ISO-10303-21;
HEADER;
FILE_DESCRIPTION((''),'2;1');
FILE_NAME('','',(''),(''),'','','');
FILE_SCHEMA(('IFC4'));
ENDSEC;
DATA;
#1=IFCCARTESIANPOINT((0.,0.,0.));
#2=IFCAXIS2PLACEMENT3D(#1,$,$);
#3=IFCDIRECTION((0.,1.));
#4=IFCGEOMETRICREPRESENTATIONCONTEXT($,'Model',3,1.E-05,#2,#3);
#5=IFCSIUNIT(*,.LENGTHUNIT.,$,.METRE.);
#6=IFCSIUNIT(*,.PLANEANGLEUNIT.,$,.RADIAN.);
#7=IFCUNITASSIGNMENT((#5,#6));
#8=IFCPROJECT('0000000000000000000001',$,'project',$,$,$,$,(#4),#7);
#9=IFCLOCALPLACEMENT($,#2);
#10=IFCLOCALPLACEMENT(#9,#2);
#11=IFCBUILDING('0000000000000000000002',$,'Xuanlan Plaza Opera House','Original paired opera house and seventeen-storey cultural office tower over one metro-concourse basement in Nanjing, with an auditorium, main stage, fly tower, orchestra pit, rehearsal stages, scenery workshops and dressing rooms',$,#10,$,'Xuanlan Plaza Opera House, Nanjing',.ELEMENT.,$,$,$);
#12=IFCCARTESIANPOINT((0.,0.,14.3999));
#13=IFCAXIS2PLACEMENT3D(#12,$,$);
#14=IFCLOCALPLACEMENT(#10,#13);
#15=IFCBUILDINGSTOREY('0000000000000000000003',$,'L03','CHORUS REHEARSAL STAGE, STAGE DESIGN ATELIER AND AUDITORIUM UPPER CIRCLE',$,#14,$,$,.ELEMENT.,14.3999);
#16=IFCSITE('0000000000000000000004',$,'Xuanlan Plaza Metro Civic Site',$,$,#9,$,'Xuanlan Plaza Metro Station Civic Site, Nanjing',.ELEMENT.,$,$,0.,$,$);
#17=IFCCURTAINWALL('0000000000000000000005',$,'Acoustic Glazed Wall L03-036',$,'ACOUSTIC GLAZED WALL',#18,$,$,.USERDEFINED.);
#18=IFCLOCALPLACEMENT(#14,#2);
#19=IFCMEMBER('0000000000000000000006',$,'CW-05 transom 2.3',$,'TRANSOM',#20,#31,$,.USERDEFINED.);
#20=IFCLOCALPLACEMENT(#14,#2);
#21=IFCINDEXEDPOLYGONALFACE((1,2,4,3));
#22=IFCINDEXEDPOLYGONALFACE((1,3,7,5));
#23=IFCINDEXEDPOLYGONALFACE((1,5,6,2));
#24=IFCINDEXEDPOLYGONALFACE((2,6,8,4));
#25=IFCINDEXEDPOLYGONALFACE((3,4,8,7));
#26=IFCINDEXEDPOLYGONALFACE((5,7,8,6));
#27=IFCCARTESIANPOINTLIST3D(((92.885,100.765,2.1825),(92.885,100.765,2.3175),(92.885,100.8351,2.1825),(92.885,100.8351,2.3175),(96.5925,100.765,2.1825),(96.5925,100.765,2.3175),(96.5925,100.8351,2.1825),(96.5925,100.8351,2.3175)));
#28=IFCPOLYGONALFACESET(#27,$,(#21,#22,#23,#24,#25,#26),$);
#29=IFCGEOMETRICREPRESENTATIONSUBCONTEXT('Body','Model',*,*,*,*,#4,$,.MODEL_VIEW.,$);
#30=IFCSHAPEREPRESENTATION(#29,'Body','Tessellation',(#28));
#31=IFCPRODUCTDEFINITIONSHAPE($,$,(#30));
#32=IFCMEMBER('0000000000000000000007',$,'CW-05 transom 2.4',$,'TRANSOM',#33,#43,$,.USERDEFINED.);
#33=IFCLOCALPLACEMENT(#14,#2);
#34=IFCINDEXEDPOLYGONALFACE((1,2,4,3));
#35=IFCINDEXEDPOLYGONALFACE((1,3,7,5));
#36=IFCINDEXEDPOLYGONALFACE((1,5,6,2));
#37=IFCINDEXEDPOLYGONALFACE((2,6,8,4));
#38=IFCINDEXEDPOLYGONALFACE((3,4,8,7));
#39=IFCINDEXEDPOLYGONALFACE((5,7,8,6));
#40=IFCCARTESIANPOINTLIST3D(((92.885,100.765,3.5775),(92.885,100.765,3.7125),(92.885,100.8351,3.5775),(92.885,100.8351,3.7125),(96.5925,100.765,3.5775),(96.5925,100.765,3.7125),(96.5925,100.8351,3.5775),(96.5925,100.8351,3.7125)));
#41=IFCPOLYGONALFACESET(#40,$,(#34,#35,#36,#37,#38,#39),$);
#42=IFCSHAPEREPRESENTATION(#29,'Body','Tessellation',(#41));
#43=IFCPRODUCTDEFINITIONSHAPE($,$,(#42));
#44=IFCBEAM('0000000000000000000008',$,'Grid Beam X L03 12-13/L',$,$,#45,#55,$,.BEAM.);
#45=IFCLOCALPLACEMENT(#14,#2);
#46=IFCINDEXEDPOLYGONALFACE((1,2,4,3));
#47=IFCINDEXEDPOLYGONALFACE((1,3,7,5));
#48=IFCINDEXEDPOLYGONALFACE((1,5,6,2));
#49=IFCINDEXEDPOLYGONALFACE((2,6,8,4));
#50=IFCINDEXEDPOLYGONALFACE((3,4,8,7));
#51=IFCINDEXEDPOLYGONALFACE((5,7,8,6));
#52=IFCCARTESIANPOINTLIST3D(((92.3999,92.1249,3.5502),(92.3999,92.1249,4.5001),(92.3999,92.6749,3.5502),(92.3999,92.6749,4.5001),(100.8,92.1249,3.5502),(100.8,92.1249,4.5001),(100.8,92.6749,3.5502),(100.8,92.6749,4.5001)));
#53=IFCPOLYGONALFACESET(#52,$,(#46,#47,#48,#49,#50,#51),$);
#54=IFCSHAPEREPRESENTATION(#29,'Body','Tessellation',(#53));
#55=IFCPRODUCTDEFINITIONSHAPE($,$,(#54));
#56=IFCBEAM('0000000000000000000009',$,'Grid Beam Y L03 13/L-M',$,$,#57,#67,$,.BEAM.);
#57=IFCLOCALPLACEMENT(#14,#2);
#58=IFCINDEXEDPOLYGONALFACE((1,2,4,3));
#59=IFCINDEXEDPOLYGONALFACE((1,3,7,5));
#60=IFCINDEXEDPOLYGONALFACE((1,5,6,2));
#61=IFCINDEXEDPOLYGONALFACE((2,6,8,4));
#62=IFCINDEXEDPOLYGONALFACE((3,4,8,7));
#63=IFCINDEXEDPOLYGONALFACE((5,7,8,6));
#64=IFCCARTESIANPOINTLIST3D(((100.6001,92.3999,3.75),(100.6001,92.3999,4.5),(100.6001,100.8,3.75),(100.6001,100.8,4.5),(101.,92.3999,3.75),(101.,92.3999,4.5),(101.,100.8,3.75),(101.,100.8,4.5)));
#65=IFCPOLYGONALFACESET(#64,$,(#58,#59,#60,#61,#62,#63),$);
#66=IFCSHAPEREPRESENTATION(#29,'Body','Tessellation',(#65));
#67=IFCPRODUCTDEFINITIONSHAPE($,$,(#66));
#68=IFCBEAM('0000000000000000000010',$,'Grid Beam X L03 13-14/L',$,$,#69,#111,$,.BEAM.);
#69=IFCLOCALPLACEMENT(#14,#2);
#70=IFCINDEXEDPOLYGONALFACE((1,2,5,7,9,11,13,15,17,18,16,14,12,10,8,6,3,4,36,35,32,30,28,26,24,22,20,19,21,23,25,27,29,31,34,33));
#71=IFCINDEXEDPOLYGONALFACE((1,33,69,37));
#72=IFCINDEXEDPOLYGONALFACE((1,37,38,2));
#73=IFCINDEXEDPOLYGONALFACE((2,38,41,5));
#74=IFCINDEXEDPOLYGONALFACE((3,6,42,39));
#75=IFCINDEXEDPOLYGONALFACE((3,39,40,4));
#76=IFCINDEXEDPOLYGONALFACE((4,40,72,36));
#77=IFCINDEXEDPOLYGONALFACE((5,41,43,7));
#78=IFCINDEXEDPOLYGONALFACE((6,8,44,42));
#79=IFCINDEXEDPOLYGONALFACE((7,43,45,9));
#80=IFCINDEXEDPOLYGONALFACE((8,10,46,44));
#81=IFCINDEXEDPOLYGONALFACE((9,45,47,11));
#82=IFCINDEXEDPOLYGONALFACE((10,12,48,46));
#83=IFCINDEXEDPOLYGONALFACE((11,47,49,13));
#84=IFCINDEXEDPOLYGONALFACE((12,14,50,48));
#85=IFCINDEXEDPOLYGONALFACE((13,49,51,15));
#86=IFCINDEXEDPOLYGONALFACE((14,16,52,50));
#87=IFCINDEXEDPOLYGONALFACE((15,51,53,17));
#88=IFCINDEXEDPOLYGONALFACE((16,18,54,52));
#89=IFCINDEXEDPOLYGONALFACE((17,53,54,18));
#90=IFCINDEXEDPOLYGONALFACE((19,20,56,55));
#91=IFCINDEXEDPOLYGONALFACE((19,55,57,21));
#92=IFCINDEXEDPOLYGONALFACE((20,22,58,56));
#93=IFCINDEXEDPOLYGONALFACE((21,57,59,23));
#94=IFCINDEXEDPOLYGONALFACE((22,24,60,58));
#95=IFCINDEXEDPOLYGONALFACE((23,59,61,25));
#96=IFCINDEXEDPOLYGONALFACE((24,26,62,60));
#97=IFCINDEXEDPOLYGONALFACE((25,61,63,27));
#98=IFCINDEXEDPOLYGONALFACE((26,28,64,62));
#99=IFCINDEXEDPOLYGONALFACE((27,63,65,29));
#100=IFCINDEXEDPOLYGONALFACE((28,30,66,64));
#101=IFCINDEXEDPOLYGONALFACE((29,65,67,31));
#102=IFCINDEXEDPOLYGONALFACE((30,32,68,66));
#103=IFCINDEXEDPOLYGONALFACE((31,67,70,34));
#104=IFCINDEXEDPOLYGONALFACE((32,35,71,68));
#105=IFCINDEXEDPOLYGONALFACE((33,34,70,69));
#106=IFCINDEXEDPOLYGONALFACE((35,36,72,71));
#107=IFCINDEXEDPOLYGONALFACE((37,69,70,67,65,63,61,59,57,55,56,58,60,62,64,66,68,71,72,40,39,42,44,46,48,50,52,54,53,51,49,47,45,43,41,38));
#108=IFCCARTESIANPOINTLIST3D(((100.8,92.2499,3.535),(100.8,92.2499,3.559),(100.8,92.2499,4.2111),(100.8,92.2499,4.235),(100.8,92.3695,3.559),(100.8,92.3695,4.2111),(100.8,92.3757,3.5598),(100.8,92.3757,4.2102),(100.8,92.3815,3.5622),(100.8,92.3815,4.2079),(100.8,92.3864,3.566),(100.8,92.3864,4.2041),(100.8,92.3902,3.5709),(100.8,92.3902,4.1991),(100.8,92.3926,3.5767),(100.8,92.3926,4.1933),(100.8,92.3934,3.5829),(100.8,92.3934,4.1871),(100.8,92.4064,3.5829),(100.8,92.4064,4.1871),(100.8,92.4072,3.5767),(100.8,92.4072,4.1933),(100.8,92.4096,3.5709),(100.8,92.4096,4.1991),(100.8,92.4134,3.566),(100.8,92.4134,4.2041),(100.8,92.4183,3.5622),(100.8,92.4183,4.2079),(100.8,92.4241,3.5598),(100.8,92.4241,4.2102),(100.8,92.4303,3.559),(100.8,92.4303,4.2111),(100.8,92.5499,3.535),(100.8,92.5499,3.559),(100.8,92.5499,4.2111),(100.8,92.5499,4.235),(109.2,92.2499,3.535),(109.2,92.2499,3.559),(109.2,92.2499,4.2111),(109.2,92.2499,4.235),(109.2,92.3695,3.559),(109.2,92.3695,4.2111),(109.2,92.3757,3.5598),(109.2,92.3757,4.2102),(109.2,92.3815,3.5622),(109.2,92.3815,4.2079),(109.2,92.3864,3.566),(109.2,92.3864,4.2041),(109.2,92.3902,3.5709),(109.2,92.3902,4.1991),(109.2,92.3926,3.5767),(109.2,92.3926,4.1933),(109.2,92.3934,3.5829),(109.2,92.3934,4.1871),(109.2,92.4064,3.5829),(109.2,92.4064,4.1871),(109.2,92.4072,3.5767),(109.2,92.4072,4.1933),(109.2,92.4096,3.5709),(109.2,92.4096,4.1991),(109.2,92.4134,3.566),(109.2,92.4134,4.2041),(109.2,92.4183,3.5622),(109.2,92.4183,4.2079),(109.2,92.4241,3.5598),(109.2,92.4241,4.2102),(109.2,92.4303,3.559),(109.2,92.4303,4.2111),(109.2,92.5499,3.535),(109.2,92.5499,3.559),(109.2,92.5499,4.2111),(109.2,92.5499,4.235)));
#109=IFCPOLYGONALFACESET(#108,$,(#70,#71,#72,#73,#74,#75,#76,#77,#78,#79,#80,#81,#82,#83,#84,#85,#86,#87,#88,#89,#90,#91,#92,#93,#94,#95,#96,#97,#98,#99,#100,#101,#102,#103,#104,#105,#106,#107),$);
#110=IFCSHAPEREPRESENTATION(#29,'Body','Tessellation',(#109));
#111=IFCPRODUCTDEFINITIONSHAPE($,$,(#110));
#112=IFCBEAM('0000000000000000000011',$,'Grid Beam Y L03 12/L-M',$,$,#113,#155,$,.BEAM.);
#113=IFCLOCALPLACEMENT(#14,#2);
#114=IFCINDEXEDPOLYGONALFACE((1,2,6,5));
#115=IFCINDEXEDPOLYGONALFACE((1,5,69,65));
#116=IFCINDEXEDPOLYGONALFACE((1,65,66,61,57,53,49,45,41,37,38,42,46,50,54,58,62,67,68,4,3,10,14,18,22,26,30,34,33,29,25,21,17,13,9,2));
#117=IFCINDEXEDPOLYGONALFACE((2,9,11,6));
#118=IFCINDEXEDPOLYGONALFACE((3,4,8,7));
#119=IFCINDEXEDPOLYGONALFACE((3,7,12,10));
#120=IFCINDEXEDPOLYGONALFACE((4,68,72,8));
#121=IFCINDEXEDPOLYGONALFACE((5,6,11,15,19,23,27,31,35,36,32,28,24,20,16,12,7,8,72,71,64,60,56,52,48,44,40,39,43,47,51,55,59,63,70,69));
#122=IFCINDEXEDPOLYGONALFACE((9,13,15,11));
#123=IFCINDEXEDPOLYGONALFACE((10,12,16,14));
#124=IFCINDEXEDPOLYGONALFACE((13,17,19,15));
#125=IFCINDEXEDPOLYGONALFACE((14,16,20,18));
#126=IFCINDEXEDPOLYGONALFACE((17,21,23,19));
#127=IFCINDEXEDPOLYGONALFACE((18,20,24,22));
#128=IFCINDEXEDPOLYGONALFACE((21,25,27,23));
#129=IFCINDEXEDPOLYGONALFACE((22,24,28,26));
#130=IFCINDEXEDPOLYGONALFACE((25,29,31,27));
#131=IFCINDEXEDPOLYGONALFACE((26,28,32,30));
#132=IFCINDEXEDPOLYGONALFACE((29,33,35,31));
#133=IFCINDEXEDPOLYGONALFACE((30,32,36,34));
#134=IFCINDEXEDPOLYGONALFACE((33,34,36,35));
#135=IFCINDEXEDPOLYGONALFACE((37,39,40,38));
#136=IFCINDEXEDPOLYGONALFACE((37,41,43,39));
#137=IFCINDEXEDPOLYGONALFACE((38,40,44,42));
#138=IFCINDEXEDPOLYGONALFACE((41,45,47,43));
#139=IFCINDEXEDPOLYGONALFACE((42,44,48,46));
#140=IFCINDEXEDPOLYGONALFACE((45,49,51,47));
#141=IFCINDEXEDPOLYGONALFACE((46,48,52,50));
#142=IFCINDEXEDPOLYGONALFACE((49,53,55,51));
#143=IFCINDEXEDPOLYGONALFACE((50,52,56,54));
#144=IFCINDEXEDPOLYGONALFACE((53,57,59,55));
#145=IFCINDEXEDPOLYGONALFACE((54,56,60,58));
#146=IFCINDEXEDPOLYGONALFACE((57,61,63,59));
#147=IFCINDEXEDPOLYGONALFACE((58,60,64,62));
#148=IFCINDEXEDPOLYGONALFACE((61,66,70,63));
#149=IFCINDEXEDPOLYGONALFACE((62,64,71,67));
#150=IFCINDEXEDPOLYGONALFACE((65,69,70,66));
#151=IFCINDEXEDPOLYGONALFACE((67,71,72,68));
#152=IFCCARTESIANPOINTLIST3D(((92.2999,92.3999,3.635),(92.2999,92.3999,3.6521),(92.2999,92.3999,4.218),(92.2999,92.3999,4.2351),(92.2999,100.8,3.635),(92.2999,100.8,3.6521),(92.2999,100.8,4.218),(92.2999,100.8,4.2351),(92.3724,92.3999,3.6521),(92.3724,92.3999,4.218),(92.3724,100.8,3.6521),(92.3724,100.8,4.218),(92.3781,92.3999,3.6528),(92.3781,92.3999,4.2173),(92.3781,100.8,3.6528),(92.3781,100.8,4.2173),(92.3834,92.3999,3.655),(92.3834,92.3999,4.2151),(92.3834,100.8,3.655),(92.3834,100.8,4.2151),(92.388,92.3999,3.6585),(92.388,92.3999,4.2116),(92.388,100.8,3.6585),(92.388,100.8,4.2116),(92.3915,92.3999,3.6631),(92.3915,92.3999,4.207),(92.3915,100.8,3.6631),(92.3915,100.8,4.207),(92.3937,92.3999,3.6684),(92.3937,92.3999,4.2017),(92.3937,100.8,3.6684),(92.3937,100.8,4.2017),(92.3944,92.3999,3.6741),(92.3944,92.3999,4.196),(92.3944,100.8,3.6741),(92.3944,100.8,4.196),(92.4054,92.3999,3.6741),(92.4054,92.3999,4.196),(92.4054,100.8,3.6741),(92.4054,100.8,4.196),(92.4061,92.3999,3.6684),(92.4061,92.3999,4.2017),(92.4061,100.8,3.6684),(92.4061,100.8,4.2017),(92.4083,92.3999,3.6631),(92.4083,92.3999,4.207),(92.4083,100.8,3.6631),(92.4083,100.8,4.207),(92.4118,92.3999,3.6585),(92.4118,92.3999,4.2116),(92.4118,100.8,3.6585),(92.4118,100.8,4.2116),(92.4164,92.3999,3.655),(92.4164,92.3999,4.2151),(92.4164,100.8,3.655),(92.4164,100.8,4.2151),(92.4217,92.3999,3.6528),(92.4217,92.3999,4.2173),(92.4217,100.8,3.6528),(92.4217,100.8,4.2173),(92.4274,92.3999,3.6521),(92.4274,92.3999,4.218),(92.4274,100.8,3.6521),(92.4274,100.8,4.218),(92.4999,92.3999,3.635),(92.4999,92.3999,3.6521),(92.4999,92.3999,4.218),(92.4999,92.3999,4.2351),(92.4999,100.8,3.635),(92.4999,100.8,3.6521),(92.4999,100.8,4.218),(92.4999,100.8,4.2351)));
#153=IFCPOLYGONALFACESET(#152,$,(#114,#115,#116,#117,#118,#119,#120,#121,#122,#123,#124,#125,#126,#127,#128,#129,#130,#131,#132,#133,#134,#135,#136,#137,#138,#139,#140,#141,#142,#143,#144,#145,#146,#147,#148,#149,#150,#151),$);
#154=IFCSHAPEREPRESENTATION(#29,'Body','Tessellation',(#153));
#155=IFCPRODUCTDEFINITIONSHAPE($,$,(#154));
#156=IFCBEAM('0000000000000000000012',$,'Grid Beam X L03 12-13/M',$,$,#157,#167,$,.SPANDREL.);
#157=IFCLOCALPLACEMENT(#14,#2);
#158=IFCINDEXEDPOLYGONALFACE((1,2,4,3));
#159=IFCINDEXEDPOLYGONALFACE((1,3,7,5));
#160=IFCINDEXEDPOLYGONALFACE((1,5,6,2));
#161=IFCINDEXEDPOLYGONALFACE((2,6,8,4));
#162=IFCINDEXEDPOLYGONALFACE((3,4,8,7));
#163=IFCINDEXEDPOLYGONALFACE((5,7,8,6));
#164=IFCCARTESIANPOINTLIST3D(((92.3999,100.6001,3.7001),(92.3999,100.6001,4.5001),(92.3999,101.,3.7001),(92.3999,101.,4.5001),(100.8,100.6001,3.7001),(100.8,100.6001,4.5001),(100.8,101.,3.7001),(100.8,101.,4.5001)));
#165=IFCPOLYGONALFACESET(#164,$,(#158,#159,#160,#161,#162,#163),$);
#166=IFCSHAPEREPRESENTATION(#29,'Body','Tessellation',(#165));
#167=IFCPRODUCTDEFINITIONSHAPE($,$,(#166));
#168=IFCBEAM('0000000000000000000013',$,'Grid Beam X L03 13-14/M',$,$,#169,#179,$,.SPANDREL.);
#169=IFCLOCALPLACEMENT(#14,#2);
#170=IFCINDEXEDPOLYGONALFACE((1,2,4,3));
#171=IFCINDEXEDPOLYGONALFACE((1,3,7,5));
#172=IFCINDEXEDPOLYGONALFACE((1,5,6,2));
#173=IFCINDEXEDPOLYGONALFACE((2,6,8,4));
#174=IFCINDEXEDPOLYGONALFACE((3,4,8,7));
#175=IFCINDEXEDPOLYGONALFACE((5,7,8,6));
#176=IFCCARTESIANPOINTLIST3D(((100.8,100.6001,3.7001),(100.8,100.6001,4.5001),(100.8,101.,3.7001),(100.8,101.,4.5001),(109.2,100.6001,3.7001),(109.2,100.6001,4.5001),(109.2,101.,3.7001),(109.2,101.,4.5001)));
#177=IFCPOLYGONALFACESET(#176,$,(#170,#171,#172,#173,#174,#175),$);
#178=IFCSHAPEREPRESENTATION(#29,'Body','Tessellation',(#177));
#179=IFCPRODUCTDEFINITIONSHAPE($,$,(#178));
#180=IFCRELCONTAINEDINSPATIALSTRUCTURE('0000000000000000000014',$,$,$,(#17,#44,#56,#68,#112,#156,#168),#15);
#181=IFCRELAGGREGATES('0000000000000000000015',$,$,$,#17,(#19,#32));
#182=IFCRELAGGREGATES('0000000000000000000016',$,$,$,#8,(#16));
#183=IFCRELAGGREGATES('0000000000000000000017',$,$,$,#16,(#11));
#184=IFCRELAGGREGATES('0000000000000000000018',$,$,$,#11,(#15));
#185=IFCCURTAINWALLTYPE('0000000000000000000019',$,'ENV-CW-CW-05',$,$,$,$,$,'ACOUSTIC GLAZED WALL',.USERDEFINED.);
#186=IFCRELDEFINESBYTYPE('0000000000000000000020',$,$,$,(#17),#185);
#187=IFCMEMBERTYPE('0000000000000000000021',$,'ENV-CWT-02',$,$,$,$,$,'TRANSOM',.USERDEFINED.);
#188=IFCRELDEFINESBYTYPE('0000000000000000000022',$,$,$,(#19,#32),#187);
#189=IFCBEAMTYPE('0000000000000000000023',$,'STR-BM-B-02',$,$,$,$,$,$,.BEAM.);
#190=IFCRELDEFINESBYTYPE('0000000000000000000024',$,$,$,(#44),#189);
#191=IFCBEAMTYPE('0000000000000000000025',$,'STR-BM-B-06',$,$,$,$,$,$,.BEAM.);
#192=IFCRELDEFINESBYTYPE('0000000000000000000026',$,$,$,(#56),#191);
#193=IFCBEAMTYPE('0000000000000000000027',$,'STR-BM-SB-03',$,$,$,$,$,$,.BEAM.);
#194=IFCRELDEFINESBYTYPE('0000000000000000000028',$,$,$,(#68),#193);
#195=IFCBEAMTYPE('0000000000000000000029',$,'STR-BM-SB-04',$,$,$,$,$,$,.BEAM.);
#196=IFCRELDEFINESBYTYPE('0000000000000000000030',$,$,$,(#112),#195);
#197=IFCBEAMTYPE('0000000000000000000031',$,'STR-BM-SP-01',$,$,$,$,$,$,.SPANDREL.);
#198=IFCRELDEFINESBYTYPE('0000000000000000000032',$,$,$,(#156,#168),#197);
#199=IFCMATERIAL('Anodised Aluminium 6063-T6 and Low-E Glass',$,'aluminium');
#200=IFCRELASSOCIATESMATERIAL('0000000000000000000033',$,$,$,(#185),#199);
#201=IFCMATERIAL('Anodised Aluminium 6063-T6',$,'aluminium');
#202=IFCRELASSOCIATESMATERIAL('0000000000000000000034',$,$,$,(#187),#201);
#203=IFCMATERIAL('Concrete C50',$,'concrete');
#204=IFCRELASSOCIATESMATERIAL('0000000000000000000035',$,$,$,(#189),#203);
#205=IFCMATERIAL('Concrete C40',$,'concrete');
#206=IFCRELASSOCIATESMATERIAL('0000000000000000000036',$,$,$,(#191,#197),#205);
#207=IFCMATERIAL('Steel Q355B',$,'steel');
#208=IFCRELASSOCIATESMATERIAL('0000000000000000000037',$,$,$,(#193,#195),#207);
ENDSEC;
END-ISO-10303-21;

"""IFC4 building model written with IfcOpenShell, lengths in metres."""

from ifc_helpers import new_model, si_unit, direction, frame, origin, origin_2d, place, context, subcontext, project, spatial, rectangle, i_section, extrude, material, material_profile, profile_set, type_object, element, aggregate, save


model = new_model("IFC4")

# Units and contexts
model_context = context("Model", 3, precision=1e-05, world=origin(), true_north=direction((0.0, 1.0)))
body_context = subcontext(model_context, "Body", "Model", "MODEL_VIEW")
ifc_project = project(units=[si_unit("LENGTHUNIT", "METRE"), si_unit("PLANEANGLEUNIT", "RADIAN")], contexts=[model_context])

# Site, building, storey
site_placement = place(None, origin())
site = spatial("IfcSite", under=ifc_project, at=site_placement, Name="Xuanlan Plaza Metro Civic Site", LongName="Xuanlan Plaza Metro Station Civic Site, Nanjing", CompositionType="ELEMENT", RefElevation=0.0)
building_placement = place(site_placement, origin())
building = spatial("IfcBuilding", under=site, at=building_placement, Name="Xuanlan Plaza Opera House", Description="Original paired opera house and seventeen-storey cultural office tower over one metro-concourse basement in Nanjing, with an auditorium, main stage, fly tower, orchestra pit, rehearsal stages, scenery workshops and dressing rooms", LongName="Xuanlan Plaza Opera House, Nanjing", CompositionType="ELEMENT")
storey_placement = place(building_placement, frame((0.0, 0.0, 14.3999)))
storey = spatial("IfcBuildingStorey", under=building, at=storey_placement, Name="L03", Description="CHORUS REHEARSAL STAGE, STAGE DESIGN ATELIER AND AUDITORIUM UPPER CIRCLE", CompositionType="ELEMENT", Elevation=14.3999)

# Shared definitions
ifc_material_1 = material(Name="Concrete C40", Category="concrete")

# Curtain wall
ifc_material_2 = material(Name="Anodised Aluminium 6063-T6 and Low-E Glass", Category="aluminium")
curtain_wall_type_1 = type_object("IfcCurtainWallType", Name="ENV-CW-CW-05", ElementType="ACOUSTIC GLAZED WALL", PredefinedType="USERDEFINED", material=ifc_material_2)
curtain_wall_1_placement = place(storey_placement, origin())
curtain_wall_1 = element("IfcCurtainWall", 1, at=curtain_wall_1_placement, inside=storey, type_object=curtain_wall_type_1, Name="Acoustic Glazed Wall L03-036", ObjectType="ACOUSTIC GLAZED WALL", PredefinedType="USERDEFINED")
ifc_material_3 = material(Name="Anodised Aluminium 6063-T6", Category="aluminium")

# Members
ifc_material_profile_1 = material_profile(ifc_material_3, rectangle(XDim=0.0701, YDim=0.135, at=origin_2d()), Name="ALU-T 70x135")
ifc_profile_set_1 = profile_set([ifc_material_profile_1], Name="Anodised Aluminium 6063-T6")
member_type_1 = type_object("IfcMemberType", Name="ENV-CWT-02", ElementType="TRANSOM", PredefinedType="USERDEFINED", material=ifc_profile_set_1)
member_1_placement = place(storey_placement, frame((96.5925, 100.8, 2.25), z_axis=(-1.0, 0.0, 0.0), x_axis=(0.0, -1.0, 0.0)))
member_1 = element("IfcMember", 2, at=member_1_placement, type_object=member_type_1, Name="CW-05 transom 2.3", ObjectType="TRANSOM", PredefinedType="USERDEFINED", context=body_context, shape_type="SweptSolid", body=[
    extrude(rectangle(XDim=0.0701, YDim=0.135, at=origin_2d()), origin(), (0.0, 0.0, 1.0), 3.7075),
])
member_2_placement = place(storey_placement, frame((96.5925, 100.8, 3.645), z_axis=(-1.0, 0.0, 0.0), x_axis=(0.0, -1.0, 0.0)))
member_2 = element("IfcMember", 3, at=member_2_placement, type_object=member_type_1, Name="CW-05 transom 2.4", ObjectType="TRANSOM", PredefinedType="USERDEFINED", context=body_context, shape_type="SweptSolid", body=[
    extrude(rectangle(XDim=0.0701, YDim=0.135, at=origin_2d()), origin(), (0.0, 0.0, 1.0), 3.7075),
])

# Beams
ifc_material_4 = material(Name="Concrete C50", Category="concrete")
ifc_material_profile_2 = material_profile(ifc_material_4, rectangle(XDim=0.55, YDim=0.95, at=origin_2d()), Name="RC-BM 550x950")
ifc_profile_set_2 = profile_set([ifc_material_profile_2], Name="Concrete C50")
beam_type_1 = type_object("IfcBeamType", Name="STR-BM-B-02", PredefinedType="BEAM", material=ifc_profile_set_2)
beam_1_placement = place(storey_placement, frame((92.3999, 92.3999, 4.0251), z_axis=(1.0, 0.0, 0.0), x_axis=(0.0, 1.0, 0.0)))
element("IfcBeam", 4, at=beam_1_placement, inside=storey, type_object=beam_type_1, Name="Grid Beam X L03 12-13/L", PredefinedType="BEAM", context=body_context, shape_type="SweptSolid", body=[
    extrude(rectangle(XDim=0.55, YDim=0.95, at=origin_2d()), origin(), (0.0, 0.0, 1.0), 8.4001),
])
ifc_material_profile_3 = material_profile(ifc_material_1, rectangle(XDim=0.3999, YDim=0.75, at=origin_2d()), Name="RC-BM 400x750")
ifc_profile_set_3 = profile_set([ifc_material_profile_3], Name="Concrete C40")
beam_type_2 = type_object("IfcBeamType", Name="STR-BM-B-06", PredefinedType="BEAM", material=ifc_profile_set_3)
beam_2_placement = place(storey_placement, frame((100.8, 92.3999, 4.125), z_axis=(0.0, 1.0, 0.0), x_axis=(-1.0, 0.0, 0.0)))
element("IfcBeam", 5, at=beam_2_placement, inside=storey, type_object=beam_type_2, Name="Grid Beam Y L03 13/L-M", PredefinedType="BEAM", context=body_context, shape_type="SweptSolid", body=[
    extrude(rectangle(XDim=0.3999, YDim=0.75, at=origin_2d()), origin(), (0.0, 0.0, 1.0), 8.4001),
])
ifc_material_5 = material(Name="Steel Q355B", Category="steel")
ifc_material_profile_4 = material_profile(ifc_material_5, i_section(OverallWidth=0.3, OverallDepth=0.7, WebThickness=0.0129, FlangeThickness=0.0239, FilletRadius=0.0239, at=origin_2d()), Name="HN 700x300x13x24")
ifc_profile_set_4 = profile_set([ifc_material_profile_4], Name="Steel Q355B")
beam_type_3 = type_object("IfcBeamType", Name="STR-BM-SB-03", PredefinedType="BEAM", material=ifc_profile_set_4)
beam_3_placement = place(storey_placement, frame((100.8, 92.3999, 3.885), z_axis=(1.0, 0.0, 0.0), x_axis=(0.0, 1.0, 0.0)))
element("IfcBeam", 6, at=beam_3_placement, inside=storey, type_object=beam_type_3, Name="Grid Beam X L03 13-14/L", PredefinedType="BEAM", context=body_context, shape_type="SweptSolid", body=[
    extrude(i_section(OverallWidth=0.3, OverallDepth=0.7, WebThickness=0.0129, FlangeThickness=0.0239, FilletRadius=0.0239, at=origin_2d()), origin(), (0.0, 0.0, 1.0), 8.3999),
])
ifc_material_profile_5 = material_profile(ifc_material_5, i_section(OverallWidth=0.2, OverallDepth=0.6001, WebThickness=0.011, FlangeThickness=0.0171, FilletRadius=0.022, at=origin_2d()), Name="HN 600x200x11x17")
ifc_profile_set_5 = profile_set([ifc_material_profile_5], Name="Steel Q355B")
beam_type_4 = type_object("IfcBeamType", Name="STR-BM-SB-04", PredefinedType="BEAM", material=ifc_profile_set_5)
beam_4_placement = place(storey_placement, frame((92.3999, 92.3999, 3.9351), z_axis=(0.0, 1.0, 0.0), x_axis=(-1.0, 0.0, 0.0)))
element("IfcBeam", 7, at=beam_4_placement, inside=storey, type_object=beam_type_4, Name="Grid Beam Y L03 12/L-M", PredefinedType="BEAM", context=body_context, shape_type="SweptSolid", body=[
    extrude(i_section(OverallWidth=0.2, OverallDepth=0.6001, WebThickness=0.011, FlangeThickness=0.0171, FilletRadius=0.022, at=origin_2d()), origin(), (0.0, 0.0, 1.0), 8.4001),
])
ifc_material_profile_6 = material_profile(ifc_material_1, rectangle(XDim=0.3999, YDim=0.8, at=origin_2d()), Name="RC-SPD 400x800")
ifc_profile_set_6 = profile_set([ifc_material_profile_6], Name="Concrete C40")
beam_type_5 = type_object("IfcBeamType", Name="STR-BM-SP-01", PredefinedType="SPANDREL", material=ifc_profile_set_6)
beam_5_placement = place(storey_placement, frame((92.3999, 100.8, 4.1001), z_axis=(1.0, 0.0, 0.0), x_axis=(0.0, 1.0, 0.0)))
element("IfcBeam", 8, at=beam_5_placement, inside=storey, type_object=beam_type_5, Name="Grid Beam X L03 12-13/M", PredefinedType="SPANDREL", context=body_context, shape_type="SweptSolid", body=[
    extrude(rectangle(XDim=0.3999, YDim=0.8, at=origin_2d()), origin(), (0.0, 0.0, 1.0), 8.4001),
])
beam_6_placement = place(storey_placement, frame((100.8, 100.8, 4.1001), z_axis=(1.0, 0.0, 0.0), x_axis=(0.0, 1.0, 0.0)))
element("IfcBeam", 9, at=beam_6_placement, inside=storey, type_object=beam_type_5, Name="Grid Beam X L03 13-14/M", PredefinedType="SPANDREL", context=body_context, shape_type="SweptSolid", body=[
    extrude(rectangle(XDim=0.3999, YDim=0.8, at=origin_2d()), origin(), (0.0, 0.0, 1.0), 8.3999),
])

aggregate(curtain_wall_1, [member_1, member_2])

save(model, "model.ifc")
